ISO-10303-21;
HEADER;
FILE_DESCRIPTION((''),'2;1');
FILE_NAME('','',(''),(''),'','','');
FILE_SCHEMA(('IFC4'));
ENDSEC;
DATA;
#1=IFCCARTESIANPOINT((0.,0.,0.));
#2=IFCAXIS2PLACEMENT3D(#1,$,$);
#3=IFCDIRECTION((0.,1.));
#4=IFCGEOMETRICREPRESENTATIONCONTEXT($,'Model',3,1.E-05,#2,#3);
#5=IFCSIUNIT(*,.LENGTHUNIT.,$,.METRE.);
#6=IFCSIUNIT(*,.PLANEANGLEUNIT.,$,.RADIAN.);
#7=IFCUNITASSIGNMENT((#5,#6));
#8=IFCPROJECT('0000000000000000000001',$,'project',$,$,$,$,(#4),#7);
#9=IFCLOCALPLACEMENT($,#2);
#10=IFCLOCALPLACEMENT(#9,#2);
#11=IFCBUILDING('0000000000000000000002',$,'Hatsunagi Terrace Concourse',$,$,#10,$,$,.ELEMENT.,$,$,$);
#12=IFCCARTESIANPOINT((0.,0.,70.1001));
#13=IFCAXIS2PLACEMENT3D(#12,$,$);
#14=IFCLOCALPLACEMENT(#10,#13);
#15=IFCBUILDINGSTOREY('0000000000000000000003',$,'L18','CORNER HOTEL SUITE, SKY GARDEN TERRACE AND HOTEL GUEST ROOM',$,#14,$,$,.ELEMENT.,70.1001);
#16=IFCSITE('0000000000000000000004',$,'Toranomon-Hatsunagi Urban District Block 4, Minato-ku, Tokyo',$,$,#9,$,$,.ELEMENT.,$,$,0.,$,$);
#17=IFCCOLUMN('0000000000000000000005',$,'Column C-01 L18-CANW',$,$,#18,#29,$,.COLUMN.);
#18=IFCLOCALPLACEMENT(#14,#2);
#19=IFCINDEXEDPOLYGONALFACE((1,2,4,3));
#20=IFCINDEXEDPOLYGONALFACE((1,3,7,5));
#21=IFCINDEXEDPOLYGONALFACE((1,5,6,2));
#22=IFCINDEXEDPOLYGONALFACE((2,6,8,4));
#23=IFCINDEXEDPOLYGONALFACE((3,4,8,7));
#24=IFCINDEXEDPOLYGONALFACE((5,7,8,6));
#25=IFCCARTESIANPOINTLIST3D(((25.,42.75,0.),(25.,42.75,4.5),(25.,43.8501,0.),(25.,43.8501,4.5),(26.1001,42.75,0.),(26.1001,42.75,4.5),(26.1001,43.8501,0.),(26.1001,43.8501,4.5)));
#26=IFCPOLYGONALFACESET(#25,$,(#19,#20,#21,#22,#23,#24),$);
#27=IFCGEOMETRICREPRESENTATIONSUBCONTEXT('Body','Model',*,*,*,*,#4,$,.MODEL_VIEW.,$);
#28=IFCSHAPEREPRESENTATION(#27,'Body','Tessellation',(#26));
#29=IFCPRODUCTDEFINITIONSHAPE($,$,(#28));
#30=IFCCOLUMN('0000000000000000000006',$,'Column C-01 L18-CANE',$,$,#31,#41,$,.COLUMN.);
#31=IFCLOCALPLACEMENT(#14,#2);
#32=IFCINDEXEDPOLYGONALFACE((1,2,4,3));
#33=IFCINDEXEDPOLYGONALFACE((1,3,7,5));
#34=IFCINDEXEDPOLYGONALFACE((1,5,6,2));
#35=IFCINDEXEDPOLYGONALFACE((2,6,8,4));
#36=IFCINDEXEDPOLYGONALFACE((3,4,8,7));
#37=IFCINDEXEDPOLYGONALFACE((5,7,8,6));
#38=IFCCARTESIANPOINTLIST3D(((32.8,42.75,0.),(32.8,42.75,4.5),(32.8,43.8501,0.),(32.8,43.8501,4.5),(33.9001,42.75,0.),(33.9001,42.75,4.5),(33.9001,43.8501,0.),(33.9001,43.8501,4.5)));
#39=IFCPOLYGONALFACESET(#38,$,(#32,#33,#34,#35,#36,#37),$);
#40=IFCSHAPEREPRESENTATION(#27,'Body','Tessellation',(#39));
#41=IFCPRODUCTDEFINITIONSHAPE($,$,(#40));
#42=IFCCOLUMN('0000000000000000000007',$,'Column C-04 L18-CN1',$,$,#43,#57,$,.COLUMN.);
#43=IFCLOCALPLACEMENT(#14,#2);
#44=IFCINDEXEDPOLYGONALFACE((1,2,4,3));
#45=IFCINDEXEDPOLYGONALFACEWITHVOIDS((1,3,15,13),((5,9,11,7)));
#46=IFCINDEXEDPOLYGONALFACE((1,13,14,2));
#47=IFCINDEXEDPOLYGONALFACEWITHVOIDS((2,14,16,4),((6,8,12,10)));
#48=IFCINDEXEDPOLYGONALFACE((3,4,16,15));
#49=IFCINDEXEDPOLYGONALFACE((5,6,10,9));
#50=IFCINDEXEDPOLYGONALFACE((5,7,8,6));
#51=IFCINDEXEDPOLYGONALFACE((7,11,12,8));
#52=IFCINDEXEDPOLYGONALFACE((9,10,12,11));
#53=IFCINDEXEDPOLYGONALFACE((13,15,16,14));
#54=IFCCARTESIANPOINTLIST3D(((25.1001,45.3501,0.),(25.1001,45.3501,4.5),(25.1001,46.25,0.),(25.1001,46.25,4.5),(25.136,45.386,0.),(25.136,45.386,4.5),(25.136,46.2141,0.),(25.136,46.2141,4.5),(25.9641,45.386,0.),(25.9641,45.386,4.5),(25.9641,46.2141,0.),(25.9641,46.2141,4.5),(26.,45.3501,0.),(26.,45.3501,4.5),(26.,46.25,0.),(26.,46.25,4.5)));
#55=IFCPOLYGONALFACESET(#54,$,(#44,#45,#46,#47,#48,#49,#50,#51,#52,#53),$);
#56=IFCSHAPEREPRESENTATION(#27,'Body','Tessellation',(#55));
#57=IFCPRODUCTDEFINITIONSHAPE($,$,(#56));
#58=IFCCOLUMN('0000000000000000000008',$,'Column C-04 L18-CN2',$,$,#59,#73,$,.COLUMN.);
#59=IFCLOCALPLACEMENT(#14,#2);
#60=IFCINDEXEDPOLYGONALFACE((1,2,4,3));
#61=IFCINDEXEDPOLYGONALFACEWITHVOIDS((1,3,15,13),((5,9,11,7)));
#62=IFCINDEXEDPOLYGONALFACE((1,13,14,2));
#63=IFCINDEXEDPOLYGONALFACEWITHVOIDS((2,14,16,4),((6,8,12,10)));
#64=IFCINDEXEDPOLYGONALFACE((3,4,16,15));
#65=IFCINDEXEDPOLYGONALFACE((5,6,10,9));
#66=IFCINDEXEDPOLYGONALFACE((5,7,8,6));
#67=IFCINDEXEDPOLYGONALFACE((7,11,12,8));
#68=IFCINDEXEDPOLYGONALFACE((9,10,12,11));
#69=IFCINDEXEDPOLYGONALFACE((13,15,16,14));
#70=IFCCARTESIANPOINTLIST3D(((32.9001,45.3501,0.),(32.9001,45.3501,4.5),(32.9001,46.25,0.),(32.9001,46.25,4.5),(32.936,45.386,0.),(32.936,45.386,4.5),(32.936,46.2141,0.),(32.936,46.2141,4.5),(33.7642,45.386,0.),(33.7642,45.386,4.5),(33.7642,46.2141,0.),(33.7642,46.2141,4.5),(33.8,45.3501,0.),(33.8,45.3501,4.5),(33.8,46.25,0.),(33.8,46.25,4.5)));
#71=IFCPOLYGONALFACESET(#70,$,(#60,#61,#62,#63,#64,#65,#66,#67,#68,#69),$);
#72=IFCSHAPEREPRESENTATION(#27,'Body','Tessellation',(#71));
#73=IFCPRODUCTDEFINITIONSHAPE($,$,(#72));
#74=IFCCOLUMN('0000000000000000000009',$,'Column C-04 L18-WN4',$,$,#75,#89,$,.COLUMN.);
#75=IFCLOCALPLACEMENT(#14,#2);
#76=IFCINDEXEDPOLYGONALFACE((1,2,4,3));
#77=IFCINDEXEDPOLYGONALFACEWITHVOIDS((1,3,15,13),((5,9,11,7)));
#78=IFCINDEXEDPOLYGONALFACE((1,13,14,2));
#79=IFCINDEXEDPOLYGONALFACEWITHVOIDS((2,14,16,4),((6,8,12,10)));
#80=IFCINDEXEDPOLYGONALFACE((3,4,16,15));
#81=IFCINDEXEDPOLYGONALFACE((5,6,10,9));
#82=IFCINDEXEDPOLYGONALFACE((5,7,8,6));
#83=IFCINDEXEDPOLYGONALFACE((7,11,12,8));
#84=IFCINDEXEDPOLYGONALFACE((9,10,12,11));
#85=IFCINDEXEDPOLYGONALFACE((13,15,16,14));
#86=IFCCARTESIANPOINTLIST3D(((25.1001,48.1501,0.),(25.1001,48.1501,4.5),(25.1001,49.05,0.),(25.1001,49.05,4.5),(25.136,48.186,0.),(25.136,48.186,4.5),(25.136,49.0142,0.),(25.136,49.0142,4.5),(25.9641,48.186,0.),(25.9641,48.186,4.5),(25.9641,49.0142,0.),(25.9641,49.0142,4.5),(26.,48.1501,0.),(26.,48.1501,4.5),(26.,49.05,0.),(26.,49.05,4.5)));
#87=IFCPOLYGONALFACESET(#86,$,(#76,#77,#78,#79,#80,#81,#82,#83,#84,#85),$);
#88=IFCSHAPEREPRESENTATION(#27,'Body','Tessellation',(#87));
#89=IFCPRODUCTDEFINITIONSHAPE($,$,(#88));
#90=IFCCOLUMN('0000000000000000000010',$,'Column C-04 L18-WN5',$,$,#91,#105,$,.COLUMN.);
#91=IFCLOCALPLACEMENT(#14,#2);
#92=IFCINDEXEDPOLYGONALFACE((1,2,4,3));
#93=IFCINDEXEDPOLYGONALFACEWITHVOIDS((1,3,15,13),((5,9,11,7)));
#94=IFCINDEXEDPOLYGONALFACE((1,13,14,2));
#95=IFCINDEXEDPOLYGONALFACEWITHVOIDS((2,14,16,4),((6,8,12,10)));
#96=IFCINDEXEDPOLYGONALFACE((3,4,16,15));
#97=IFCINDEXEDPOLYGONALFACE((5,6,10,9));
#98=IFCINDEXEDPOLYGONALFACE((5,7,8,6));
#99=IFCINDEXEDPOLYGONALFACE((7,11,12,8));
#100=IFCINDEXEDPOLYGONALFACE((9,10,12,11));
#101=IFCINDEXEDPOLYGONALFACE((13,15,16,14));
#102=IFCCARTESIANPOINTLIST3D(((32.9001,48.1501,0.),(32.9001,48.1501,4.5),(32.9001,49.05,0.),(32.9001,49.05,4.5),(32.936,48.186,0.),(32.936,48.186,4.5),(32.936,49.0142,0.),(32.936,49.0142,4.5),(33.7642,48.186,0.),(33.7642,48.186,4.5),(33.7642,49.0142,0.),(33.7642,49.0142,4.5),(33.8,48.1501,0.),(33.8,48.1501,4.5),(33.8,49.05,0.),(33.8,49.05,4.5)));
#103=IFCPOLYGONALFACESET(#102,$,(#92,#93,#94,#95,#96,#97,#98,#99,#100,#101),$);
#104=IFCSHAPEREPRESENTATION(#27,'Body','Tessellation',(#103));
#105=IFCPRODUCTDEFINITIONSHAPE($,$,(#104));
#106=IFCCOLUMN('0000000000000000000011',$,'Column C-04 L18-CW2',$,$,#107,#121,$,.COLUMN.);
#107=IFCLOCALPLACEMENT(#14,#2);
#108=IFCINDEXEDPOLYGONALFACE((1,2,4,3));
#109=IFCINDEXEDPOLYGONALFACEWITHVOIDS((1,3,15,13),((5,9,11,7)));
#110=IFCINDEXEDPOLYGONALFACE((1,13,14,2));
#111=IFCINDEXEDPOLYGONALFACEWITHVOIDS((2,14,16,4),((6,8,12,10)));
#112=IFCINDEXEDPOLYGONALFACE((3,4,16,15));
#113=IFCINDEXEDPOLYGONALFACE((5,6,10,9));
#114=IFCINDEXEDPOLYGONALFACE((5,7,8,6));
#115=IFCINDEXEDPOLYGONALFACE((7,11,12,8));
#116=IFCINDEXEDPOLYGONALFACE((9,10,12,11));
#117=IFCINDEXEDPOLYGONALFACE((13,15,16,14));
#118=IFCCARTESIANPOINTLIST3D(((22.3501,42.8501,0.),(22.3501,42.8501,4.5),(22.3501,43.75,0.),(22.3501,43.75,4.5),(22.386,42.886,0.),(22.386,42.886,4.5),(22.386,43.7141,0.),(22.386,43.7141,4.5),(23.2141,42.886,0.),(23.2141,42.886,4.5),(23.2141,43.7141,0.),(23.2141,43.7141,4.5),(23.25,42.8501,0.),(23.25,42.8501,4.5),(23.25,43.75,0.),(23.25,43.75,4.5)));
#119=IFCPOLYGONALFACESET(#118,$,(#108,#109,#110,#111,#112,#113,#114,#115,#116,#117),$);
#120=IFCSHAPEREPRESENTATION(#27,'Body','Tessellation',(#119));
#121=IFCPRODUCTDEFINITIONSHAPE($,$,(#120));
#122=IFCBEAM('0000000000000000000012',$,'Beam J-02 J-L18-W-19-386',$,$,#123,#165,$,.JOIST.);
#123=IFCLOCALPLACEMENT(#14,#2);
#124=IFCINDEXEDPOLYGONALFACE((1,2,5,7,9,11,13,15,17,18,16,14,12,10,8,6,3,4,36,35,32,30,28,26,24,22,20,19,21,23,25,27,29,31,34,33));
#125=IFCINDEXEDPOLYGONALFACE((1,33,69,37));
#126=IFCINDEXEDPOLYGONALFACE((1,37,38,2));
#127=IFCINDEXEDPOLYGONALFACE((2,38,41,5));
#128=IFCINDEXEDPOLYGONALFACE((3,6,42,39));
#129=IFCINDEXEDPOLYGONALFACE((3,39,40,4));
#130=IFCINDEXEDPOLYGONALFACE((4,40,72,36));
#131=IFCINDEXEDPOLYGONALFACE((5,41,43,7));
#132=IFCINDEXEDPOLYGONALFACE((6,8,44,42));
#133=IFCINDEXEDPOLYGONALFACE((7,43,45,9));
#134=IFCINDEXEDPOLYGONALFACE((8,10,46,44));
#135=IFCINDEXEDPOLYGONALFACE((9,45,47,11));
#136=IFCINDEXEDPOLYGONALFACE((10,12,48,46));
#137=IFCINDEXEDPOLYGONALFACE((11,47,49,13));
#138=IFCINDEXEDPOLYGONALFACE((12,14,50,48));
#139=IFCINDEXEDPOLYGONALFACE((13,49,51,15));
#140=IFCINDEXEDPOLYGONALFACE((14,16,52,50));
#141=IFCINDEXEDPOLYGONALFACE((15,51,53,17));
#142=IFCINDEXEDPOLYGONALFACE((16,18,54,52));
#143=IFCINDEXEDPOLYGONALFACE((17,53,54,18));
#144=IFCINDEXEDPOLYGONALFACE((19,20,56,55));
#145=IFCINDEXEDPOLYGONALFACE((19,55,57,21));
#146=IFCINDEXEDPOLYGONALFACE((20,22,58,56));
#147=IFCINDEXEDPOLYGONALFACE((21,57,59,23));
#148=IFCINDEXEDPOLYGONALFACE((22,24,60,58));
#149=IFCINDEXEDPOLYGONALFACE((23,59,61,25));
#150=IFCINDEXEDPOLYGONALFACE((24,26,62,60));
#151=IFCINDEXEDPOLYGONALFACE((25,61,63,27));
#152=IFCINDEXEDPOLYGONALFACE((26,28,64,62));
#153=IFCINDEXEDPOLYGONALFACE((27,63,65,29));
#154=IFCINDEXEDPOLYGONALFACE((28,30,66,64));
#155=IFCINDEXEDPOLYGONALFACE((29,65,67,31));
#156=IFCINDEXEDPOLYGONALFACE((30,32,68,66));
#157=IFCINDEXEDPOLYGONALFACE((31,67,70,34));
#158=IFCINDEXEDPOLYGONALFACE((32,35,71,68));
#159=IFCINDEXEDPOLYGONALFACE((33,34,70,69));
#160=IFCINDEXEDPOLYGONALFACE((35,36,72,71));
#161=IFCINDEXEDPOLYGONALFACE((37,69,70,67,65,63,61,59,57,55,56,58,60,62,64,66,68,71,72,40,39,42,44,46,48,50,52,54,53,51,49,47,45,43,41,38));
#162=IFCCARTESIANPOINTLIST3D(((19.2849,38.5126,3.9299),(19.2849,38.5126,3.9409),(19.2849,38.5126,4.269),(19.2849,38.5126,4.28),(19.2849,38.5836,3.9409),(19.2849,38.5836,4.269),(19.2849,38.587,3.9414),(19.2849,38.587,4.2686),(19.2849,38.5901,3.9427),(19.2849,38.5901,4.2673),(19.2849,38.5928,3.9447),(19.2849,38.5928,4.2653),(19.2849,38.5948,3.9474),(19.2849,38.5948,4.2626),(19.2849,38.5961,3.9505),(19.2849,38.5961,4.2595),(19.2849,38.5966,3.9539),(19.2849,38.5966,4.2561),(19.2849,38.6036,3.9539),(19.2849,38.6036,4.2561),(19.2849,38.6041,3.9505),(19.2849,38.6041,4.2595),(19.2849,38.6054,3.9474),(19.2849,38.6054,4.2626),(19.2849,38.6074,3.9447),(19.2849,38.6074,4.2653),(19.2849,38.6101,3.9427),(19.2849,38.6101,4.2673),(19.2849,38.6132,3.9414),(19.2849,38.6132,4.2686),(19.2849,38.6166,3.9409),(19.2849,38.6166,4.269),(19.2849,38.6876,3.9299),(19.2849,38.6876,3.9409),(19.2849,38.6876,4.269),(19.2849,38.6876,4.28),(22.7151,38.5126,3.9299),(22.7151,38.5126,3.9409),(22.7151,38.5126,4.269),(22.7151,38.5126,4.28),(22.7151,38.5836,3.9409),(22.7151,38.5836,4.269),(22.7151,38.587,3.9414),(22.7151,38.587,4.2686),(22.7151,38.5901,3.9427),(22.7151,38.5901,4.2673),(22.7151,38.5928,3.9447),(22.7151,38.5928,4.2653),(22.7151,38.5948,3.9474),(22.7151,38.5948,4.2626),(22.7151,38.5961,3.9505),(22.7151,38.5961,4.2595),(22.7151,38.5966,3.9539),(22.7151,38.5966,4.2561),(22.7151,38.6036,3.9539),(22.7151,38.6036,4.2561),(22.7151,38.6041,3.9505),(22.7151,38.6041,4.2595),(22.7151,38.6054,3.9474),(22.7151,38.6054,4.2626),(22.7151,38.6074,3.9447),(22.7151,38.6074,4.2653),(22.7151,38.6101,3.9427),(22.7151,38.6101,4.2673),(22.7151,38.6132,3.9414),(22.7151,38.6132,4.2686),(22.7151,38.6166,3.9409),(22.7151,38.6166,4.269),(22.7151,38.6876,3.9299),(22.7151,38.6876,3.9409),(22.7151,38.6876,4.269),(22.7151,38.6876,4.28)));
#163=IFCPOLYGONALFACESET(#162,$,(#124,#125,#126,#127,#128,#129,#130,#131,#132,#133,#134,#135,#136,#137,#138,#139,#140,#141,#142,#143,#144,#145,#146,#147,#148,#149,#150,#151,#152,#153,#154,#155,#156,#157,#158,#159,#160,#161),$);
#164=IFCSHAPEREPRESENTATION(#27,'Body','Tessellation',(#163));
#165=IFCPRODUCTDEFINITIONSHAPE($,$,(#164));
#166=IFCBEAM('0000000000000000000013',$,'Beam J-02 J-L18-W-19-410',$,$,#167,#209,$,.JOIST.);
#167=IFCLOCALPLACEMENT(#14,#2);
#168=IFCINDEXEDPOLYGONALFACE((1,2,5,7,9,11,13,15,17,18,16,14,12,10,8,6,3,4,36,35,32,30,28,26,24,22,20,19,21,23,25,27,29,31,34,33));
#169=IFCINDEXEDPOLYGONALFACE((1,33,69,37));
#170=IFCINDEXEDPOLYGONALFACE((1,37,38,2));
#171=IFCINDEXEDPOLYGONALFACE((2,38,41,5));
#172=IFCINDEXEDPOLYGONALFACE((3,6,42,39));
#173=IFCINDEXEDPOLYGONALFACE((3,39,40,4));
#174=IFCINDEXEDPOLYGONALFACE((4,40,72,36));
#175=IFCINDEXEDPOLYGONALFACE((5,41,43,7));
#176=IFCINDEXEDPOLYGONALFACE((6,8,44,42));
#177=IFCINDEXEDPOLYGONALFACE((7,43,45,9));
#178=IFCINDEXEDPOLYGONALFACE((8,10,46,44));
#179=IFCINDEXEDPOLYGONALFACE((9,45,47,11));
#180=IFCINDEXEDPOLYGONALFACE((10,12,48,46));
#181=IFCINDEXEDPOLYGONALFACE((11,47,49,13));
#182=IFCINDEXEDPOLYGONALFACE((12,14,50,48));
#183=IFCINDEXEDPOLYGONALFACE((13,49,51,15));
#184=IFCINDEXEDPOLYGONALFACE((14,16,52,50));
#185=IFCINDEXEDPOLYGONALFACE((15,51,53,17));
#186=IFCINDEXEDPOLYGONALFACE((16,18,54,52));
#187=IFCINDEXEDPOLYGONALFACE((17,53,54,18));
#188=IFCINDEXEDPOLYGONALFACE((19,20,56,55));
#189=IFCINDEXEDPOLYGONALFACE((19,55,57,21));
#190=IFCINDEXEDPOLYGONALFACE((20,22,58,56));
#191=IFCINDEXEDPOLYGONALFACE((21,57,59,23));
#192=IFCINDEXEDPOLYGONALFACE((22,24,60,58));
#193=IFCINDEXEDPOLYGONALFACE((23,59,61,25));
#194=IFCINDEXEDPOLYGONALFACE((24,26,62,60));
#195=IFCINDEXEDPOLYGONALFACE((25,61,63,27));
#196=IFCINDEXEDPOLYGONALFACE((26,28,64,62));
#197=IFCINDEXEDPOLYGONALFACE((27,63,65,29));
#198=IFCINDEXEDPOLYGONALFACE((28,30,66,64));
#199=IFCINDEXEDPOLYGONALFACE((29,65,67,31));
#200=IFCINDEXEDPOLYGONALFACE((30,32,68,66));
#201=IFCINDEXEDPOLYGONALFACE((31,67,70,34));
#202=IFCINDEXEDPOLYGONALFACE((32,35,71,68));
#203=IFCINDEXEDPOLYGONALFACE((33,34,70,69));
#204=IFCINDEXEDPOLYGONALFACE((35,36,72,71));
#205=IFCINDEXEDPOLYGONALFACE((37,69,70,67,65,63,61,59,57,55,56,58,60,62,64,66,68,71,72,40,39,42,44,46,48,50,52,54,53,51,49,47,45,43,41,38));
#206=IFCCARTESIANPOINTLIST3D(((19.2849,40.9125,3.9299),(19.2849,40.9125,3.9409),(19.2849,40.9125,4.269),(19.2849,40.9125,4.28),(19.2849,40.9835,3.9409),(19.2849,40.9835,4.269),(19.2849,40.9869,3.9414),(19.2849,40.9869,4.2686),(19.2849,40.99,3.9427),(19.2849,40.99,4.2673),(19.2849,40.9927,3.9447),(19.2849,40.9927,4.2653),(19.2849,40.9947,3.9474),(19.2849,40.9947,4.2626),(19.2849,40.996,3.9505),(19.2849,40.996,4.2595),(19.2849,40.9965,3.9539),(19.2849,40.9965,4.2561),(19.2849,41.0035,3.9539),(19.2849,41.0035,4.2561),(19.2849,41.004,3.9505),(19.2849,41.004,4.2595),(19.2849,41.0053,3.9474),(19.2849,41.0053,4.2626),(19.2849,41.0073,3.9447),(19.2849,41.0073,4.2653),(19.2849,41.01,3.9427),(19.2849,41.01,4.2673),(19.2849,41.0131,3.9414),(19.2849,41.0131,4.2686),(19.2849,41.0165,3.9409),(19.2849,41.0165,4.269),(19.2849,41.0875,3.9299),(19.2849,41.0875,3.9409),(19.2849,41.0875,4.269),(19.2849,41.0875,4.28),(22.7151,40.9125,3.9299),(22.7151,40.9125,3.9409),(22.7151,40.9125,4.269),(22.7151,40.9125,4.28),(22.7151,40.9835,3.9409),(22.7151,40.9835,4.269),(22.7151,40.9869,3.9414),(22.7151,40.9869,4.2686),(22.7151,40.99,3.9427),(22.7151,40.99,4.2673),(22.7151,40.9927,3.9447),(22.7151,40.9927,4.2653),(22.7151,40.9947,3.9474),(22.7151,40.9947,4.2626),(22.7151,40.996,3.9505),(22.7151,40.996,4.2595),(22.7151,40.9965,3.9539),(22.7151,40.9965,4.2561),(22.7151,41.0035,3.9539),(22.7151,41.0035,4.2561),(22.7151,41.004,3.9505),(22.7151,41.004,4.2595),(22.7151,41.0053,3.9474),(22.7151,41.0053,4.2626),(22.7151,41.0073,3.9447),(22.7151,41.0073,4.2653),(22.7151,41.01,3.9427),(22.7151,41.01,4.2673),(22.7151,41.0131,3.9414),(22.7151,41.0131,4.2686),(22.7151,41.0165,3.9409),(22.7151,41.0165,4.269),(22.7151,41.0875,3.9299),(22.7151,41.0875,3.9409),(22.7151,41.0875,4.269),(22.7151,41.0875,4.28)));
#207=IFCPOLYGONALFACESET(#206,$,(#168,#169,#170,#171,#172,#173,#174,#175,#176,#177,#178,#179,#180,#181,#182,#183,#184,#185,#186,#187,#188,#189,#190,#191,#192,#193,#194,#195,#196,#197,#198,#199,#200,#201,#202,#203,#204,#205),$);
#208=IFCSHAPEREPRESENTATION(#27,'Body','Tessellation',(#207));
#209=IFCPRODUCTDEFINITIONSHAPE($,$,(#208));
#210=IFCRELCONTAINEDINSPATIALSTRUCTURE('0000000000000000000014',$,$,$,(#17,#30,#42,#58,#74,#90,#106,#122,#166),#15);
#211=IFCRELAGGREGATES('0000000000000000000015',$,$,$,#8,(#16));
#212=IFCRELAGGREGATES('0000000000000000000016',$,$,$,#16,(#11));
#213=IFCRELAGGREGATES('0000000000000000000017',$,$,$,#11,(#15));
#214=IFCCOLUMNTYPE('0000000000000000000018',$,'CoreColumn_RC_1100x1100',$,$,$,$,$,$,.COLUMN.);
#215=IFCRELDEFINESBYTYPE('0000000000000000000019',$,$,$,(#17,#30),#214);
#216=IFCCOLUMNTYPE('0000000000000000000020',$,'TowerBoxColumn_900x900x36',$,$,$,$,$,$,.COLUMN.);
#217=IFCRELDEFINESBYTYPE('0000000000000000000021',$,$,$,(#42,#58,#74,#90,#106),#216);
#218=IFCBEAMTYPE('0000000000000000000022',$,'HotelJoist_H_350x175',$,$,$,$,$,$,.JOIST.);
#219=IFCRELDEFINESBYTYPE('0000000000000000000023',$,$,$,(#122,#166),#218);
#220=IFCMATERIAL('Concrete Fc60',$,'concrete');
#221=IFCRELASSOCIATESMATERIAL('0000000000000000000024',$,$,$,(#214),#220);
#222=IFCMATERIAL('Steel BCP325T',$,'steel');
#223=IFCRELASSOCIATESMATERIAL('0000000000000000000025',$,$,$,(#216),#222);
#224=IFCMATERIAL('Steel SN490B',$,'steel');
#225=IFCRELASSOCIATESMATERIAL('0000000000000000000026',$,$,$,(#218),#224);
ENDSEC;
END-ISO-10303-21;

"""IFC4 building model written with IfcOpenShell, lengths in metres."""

from ifc_helpers import new_model, si_unit, direction, frame, origin, origin_2d, place, context, subcontext, project, spatial, rectangle, hollow_rectangle, i_section, extrude, material, material_profile, profile_set, type_object, element, save


model = new_model("IFC4")

# Units and contexts
model_context = context("Model", 3, precision=1e-05, world=origin(), true_north=direction((0.0, 1.0)))
body_context = subcontext(model_context, "Body", "Model", "MODEL_VIEW")
ifc_project = project(units=[si_unit("LENGTHUNIT", "METRE"), si_unit("PLANEANGLEUNIT", "RADIAN")], contexts=[model_context])

# Site, building, storey
site_placement = place(None, origin())
site = spatial("IfcSite", under=ifc_project, at=site_placement, Name="Toranomon-Hatsunagi Urban District Block 4, Minato-ku, Tokyo", CompositionType="ELEMENT", RefElevation=0.0)
building_placement = place(site_placement, origin())
building = spatial("IfcBuilding", under=site, at=building_placement, Name="Hatsunagi Terrace Concourse", CompositionType="ELEMENT")
storey_placement = place(building_placement, frame((0.0, 0.0, 70.1001)))
storey = spatial("IfcBuildingStorey", under=building, at=storey_placement, Name="L18", Description="CORNER HOTEL SUITE, SKY GARDEN TERRACE AND HOTEL GUEST ROOM", CompositionType="ELEMENT", Elevation=70.1001)

# Columns
ifc_material_1 = material(Name="Concrete Fc60", Category="concrete")
ifc_material_profile_1 = material_profile(ifc_material_1, rectangle(XDim=1.1001, YDim=1.1001, at=origin_2d()), Name="RC-1100x1100")
ifc_profile_set_1 = profile_set([ifc_material_profile_1], Name="Concrete Fc60")
column_type_1 = type_object("IfcColumnType", Name="CoreColumn_RC_1100x1100", PredefinedType="COLUMN", material=ifc_profile_set_1)
for number, where, z_axis, x_axis, name in (
    (1, (25.55, 43.3, 0.0), (0.0, 0.0, 1.0), (1.0, 0.0, 0.0), "Column C-01 L18-CANW"),
    (2, (33.3501, 43.3, 0.0), (0.0, 0.0, 1.0), (1.0, 0.0, 0.0), "Column C-01 L18-CANE"),
):
    element("IfcColumn", number, at=place(storey_placement, frame(where, z_axis=z_axis, x_axis=x_axis)), inside=storey, type_object=column_type_1, Name=name, PredefinedType="COLUMN", context=body_context, shape_type="SweptSolid", body=[
        extrude(rectangle(XDim=1.1001, YDim=1.1001, at=origin_2d()), origin(), (0.0, 0.0, 1.0), 4.5),
    ])
ifc_material_2 = material(Name="Steel BCP325T", Category="steel")
ifc_material_profile_2 = material_profile(ifc_material_2, hollow_rectangle(XDim=0.8999, YDim=0.8999, WallThickness=0.0359, at=origin_2d()), Name="BCP-900x900x36")
ifc_profile_set_2 = profile_set([ifc_material_profile_2], Name="Steel BCP325T")
column_type_2 = type_object("IfcColumnType", Name="TowerBoxColumn_900x900x36", PredefinedType="COLUMN", material=ifc_profile_set_2)
for number, where, z_axis, x_axis, name in (
    (3, (25.55, 45.8, 0.0), (0.0, 0.0, 1.0), (1.0, 0.0, 0.0), "Column C-04 L18-CN1"),
    (4, (33.3501, 45.8, 0.0), (0.0, 0.0, 1.0), (1.0, 0.0, 0.0), "Column C-04 L18-CN2"),
    (5, (25.55, 48.6001, 0.0), (0.0, 0.0, 1.0), (1.0, 0.0, 0.0), "Column C-04 L18-WN4"),
    (6, (33.3501, 48.6001, 0.0), (0.0, 0.0, 1.0), (1.0, 0.0, 0.0), "Column C-04 L18-WN5"),
    (7, (22.8, 43.3, 0.0), (0.0, 0.0, 1.0), (1.0, 0.0, 0.0), "Column C-04 L18-CW2"),
):
    element("IfcColumn", number, at=place(storey_placement, frame(where, z_axis=z_axis, x_axis=x_axis)), inside=storey, type_object=column_type_2, Name=name, PredefinedType="COLUMN", context=body_context, shape_type="SweptSolid", body=[
        extrude(hollow_rectangle(XDim=0.8999, YDim=0.8999, WallThickness=0.0359, at=origin_2d()), origin(), (0.0, 0.0, 1.0), 4.5),
    ])

# Beams
ifc_material_3 = material(Name="Steel SN490B", Category="steel")
ifc_material_profile_3 = material_profile(ifc_material_3, i_section(OverallWidth=0.175, OverallDepth=0.3501, WebThickness=0.0071, FlangeThickness=0.011, FilletRadius=0.0129, at=origin_2d()), Name="H-350x175x7x11")
ifc_profile_set_3 = profile_set([ifc_material_profile_3], Name="Steel SN490B")
beam_type_1 = type_object("IfcBeamType", Name="HotelJoist_H_350x175", PredefinedType="JOIST", material=ifc_profile_set_3)
for number, where, z_axis, x_axis, name in (
    (8, (19.2849, 38.6001, 4.105), (1.0, 0.0, 0.0), (0.0, 1.0, 0.0), "Beam J-02 J-L18-W-19-386"),
    (9, (19.2849, 41.0, 4.105), (1.0, 0.0, 0.0), (0.0, 1.0, 0.0), "Beam J-02 J-L18-W-19-410"),
):
    element("IfcBeam", number, at=place(storey_placement, frame(where, z_axis=z_axis, x_axis=x_axis)), inside=storey, type_object=beam_type_1, Name=name, PredefinedType="JOIST", context=body_context, shape_type="SweptSolid", body=[
        extrude(i_section(OverallWidth=0.175, OverallDepth=0.3501, WebThickness=0.0071, FlangeThickness=0.011, FilletRadius=0.0129, at=origin_2d()), origin(), (0.0, 0.0, 1.0), 3.4302),
    ])

save(model, "model.ifc")
